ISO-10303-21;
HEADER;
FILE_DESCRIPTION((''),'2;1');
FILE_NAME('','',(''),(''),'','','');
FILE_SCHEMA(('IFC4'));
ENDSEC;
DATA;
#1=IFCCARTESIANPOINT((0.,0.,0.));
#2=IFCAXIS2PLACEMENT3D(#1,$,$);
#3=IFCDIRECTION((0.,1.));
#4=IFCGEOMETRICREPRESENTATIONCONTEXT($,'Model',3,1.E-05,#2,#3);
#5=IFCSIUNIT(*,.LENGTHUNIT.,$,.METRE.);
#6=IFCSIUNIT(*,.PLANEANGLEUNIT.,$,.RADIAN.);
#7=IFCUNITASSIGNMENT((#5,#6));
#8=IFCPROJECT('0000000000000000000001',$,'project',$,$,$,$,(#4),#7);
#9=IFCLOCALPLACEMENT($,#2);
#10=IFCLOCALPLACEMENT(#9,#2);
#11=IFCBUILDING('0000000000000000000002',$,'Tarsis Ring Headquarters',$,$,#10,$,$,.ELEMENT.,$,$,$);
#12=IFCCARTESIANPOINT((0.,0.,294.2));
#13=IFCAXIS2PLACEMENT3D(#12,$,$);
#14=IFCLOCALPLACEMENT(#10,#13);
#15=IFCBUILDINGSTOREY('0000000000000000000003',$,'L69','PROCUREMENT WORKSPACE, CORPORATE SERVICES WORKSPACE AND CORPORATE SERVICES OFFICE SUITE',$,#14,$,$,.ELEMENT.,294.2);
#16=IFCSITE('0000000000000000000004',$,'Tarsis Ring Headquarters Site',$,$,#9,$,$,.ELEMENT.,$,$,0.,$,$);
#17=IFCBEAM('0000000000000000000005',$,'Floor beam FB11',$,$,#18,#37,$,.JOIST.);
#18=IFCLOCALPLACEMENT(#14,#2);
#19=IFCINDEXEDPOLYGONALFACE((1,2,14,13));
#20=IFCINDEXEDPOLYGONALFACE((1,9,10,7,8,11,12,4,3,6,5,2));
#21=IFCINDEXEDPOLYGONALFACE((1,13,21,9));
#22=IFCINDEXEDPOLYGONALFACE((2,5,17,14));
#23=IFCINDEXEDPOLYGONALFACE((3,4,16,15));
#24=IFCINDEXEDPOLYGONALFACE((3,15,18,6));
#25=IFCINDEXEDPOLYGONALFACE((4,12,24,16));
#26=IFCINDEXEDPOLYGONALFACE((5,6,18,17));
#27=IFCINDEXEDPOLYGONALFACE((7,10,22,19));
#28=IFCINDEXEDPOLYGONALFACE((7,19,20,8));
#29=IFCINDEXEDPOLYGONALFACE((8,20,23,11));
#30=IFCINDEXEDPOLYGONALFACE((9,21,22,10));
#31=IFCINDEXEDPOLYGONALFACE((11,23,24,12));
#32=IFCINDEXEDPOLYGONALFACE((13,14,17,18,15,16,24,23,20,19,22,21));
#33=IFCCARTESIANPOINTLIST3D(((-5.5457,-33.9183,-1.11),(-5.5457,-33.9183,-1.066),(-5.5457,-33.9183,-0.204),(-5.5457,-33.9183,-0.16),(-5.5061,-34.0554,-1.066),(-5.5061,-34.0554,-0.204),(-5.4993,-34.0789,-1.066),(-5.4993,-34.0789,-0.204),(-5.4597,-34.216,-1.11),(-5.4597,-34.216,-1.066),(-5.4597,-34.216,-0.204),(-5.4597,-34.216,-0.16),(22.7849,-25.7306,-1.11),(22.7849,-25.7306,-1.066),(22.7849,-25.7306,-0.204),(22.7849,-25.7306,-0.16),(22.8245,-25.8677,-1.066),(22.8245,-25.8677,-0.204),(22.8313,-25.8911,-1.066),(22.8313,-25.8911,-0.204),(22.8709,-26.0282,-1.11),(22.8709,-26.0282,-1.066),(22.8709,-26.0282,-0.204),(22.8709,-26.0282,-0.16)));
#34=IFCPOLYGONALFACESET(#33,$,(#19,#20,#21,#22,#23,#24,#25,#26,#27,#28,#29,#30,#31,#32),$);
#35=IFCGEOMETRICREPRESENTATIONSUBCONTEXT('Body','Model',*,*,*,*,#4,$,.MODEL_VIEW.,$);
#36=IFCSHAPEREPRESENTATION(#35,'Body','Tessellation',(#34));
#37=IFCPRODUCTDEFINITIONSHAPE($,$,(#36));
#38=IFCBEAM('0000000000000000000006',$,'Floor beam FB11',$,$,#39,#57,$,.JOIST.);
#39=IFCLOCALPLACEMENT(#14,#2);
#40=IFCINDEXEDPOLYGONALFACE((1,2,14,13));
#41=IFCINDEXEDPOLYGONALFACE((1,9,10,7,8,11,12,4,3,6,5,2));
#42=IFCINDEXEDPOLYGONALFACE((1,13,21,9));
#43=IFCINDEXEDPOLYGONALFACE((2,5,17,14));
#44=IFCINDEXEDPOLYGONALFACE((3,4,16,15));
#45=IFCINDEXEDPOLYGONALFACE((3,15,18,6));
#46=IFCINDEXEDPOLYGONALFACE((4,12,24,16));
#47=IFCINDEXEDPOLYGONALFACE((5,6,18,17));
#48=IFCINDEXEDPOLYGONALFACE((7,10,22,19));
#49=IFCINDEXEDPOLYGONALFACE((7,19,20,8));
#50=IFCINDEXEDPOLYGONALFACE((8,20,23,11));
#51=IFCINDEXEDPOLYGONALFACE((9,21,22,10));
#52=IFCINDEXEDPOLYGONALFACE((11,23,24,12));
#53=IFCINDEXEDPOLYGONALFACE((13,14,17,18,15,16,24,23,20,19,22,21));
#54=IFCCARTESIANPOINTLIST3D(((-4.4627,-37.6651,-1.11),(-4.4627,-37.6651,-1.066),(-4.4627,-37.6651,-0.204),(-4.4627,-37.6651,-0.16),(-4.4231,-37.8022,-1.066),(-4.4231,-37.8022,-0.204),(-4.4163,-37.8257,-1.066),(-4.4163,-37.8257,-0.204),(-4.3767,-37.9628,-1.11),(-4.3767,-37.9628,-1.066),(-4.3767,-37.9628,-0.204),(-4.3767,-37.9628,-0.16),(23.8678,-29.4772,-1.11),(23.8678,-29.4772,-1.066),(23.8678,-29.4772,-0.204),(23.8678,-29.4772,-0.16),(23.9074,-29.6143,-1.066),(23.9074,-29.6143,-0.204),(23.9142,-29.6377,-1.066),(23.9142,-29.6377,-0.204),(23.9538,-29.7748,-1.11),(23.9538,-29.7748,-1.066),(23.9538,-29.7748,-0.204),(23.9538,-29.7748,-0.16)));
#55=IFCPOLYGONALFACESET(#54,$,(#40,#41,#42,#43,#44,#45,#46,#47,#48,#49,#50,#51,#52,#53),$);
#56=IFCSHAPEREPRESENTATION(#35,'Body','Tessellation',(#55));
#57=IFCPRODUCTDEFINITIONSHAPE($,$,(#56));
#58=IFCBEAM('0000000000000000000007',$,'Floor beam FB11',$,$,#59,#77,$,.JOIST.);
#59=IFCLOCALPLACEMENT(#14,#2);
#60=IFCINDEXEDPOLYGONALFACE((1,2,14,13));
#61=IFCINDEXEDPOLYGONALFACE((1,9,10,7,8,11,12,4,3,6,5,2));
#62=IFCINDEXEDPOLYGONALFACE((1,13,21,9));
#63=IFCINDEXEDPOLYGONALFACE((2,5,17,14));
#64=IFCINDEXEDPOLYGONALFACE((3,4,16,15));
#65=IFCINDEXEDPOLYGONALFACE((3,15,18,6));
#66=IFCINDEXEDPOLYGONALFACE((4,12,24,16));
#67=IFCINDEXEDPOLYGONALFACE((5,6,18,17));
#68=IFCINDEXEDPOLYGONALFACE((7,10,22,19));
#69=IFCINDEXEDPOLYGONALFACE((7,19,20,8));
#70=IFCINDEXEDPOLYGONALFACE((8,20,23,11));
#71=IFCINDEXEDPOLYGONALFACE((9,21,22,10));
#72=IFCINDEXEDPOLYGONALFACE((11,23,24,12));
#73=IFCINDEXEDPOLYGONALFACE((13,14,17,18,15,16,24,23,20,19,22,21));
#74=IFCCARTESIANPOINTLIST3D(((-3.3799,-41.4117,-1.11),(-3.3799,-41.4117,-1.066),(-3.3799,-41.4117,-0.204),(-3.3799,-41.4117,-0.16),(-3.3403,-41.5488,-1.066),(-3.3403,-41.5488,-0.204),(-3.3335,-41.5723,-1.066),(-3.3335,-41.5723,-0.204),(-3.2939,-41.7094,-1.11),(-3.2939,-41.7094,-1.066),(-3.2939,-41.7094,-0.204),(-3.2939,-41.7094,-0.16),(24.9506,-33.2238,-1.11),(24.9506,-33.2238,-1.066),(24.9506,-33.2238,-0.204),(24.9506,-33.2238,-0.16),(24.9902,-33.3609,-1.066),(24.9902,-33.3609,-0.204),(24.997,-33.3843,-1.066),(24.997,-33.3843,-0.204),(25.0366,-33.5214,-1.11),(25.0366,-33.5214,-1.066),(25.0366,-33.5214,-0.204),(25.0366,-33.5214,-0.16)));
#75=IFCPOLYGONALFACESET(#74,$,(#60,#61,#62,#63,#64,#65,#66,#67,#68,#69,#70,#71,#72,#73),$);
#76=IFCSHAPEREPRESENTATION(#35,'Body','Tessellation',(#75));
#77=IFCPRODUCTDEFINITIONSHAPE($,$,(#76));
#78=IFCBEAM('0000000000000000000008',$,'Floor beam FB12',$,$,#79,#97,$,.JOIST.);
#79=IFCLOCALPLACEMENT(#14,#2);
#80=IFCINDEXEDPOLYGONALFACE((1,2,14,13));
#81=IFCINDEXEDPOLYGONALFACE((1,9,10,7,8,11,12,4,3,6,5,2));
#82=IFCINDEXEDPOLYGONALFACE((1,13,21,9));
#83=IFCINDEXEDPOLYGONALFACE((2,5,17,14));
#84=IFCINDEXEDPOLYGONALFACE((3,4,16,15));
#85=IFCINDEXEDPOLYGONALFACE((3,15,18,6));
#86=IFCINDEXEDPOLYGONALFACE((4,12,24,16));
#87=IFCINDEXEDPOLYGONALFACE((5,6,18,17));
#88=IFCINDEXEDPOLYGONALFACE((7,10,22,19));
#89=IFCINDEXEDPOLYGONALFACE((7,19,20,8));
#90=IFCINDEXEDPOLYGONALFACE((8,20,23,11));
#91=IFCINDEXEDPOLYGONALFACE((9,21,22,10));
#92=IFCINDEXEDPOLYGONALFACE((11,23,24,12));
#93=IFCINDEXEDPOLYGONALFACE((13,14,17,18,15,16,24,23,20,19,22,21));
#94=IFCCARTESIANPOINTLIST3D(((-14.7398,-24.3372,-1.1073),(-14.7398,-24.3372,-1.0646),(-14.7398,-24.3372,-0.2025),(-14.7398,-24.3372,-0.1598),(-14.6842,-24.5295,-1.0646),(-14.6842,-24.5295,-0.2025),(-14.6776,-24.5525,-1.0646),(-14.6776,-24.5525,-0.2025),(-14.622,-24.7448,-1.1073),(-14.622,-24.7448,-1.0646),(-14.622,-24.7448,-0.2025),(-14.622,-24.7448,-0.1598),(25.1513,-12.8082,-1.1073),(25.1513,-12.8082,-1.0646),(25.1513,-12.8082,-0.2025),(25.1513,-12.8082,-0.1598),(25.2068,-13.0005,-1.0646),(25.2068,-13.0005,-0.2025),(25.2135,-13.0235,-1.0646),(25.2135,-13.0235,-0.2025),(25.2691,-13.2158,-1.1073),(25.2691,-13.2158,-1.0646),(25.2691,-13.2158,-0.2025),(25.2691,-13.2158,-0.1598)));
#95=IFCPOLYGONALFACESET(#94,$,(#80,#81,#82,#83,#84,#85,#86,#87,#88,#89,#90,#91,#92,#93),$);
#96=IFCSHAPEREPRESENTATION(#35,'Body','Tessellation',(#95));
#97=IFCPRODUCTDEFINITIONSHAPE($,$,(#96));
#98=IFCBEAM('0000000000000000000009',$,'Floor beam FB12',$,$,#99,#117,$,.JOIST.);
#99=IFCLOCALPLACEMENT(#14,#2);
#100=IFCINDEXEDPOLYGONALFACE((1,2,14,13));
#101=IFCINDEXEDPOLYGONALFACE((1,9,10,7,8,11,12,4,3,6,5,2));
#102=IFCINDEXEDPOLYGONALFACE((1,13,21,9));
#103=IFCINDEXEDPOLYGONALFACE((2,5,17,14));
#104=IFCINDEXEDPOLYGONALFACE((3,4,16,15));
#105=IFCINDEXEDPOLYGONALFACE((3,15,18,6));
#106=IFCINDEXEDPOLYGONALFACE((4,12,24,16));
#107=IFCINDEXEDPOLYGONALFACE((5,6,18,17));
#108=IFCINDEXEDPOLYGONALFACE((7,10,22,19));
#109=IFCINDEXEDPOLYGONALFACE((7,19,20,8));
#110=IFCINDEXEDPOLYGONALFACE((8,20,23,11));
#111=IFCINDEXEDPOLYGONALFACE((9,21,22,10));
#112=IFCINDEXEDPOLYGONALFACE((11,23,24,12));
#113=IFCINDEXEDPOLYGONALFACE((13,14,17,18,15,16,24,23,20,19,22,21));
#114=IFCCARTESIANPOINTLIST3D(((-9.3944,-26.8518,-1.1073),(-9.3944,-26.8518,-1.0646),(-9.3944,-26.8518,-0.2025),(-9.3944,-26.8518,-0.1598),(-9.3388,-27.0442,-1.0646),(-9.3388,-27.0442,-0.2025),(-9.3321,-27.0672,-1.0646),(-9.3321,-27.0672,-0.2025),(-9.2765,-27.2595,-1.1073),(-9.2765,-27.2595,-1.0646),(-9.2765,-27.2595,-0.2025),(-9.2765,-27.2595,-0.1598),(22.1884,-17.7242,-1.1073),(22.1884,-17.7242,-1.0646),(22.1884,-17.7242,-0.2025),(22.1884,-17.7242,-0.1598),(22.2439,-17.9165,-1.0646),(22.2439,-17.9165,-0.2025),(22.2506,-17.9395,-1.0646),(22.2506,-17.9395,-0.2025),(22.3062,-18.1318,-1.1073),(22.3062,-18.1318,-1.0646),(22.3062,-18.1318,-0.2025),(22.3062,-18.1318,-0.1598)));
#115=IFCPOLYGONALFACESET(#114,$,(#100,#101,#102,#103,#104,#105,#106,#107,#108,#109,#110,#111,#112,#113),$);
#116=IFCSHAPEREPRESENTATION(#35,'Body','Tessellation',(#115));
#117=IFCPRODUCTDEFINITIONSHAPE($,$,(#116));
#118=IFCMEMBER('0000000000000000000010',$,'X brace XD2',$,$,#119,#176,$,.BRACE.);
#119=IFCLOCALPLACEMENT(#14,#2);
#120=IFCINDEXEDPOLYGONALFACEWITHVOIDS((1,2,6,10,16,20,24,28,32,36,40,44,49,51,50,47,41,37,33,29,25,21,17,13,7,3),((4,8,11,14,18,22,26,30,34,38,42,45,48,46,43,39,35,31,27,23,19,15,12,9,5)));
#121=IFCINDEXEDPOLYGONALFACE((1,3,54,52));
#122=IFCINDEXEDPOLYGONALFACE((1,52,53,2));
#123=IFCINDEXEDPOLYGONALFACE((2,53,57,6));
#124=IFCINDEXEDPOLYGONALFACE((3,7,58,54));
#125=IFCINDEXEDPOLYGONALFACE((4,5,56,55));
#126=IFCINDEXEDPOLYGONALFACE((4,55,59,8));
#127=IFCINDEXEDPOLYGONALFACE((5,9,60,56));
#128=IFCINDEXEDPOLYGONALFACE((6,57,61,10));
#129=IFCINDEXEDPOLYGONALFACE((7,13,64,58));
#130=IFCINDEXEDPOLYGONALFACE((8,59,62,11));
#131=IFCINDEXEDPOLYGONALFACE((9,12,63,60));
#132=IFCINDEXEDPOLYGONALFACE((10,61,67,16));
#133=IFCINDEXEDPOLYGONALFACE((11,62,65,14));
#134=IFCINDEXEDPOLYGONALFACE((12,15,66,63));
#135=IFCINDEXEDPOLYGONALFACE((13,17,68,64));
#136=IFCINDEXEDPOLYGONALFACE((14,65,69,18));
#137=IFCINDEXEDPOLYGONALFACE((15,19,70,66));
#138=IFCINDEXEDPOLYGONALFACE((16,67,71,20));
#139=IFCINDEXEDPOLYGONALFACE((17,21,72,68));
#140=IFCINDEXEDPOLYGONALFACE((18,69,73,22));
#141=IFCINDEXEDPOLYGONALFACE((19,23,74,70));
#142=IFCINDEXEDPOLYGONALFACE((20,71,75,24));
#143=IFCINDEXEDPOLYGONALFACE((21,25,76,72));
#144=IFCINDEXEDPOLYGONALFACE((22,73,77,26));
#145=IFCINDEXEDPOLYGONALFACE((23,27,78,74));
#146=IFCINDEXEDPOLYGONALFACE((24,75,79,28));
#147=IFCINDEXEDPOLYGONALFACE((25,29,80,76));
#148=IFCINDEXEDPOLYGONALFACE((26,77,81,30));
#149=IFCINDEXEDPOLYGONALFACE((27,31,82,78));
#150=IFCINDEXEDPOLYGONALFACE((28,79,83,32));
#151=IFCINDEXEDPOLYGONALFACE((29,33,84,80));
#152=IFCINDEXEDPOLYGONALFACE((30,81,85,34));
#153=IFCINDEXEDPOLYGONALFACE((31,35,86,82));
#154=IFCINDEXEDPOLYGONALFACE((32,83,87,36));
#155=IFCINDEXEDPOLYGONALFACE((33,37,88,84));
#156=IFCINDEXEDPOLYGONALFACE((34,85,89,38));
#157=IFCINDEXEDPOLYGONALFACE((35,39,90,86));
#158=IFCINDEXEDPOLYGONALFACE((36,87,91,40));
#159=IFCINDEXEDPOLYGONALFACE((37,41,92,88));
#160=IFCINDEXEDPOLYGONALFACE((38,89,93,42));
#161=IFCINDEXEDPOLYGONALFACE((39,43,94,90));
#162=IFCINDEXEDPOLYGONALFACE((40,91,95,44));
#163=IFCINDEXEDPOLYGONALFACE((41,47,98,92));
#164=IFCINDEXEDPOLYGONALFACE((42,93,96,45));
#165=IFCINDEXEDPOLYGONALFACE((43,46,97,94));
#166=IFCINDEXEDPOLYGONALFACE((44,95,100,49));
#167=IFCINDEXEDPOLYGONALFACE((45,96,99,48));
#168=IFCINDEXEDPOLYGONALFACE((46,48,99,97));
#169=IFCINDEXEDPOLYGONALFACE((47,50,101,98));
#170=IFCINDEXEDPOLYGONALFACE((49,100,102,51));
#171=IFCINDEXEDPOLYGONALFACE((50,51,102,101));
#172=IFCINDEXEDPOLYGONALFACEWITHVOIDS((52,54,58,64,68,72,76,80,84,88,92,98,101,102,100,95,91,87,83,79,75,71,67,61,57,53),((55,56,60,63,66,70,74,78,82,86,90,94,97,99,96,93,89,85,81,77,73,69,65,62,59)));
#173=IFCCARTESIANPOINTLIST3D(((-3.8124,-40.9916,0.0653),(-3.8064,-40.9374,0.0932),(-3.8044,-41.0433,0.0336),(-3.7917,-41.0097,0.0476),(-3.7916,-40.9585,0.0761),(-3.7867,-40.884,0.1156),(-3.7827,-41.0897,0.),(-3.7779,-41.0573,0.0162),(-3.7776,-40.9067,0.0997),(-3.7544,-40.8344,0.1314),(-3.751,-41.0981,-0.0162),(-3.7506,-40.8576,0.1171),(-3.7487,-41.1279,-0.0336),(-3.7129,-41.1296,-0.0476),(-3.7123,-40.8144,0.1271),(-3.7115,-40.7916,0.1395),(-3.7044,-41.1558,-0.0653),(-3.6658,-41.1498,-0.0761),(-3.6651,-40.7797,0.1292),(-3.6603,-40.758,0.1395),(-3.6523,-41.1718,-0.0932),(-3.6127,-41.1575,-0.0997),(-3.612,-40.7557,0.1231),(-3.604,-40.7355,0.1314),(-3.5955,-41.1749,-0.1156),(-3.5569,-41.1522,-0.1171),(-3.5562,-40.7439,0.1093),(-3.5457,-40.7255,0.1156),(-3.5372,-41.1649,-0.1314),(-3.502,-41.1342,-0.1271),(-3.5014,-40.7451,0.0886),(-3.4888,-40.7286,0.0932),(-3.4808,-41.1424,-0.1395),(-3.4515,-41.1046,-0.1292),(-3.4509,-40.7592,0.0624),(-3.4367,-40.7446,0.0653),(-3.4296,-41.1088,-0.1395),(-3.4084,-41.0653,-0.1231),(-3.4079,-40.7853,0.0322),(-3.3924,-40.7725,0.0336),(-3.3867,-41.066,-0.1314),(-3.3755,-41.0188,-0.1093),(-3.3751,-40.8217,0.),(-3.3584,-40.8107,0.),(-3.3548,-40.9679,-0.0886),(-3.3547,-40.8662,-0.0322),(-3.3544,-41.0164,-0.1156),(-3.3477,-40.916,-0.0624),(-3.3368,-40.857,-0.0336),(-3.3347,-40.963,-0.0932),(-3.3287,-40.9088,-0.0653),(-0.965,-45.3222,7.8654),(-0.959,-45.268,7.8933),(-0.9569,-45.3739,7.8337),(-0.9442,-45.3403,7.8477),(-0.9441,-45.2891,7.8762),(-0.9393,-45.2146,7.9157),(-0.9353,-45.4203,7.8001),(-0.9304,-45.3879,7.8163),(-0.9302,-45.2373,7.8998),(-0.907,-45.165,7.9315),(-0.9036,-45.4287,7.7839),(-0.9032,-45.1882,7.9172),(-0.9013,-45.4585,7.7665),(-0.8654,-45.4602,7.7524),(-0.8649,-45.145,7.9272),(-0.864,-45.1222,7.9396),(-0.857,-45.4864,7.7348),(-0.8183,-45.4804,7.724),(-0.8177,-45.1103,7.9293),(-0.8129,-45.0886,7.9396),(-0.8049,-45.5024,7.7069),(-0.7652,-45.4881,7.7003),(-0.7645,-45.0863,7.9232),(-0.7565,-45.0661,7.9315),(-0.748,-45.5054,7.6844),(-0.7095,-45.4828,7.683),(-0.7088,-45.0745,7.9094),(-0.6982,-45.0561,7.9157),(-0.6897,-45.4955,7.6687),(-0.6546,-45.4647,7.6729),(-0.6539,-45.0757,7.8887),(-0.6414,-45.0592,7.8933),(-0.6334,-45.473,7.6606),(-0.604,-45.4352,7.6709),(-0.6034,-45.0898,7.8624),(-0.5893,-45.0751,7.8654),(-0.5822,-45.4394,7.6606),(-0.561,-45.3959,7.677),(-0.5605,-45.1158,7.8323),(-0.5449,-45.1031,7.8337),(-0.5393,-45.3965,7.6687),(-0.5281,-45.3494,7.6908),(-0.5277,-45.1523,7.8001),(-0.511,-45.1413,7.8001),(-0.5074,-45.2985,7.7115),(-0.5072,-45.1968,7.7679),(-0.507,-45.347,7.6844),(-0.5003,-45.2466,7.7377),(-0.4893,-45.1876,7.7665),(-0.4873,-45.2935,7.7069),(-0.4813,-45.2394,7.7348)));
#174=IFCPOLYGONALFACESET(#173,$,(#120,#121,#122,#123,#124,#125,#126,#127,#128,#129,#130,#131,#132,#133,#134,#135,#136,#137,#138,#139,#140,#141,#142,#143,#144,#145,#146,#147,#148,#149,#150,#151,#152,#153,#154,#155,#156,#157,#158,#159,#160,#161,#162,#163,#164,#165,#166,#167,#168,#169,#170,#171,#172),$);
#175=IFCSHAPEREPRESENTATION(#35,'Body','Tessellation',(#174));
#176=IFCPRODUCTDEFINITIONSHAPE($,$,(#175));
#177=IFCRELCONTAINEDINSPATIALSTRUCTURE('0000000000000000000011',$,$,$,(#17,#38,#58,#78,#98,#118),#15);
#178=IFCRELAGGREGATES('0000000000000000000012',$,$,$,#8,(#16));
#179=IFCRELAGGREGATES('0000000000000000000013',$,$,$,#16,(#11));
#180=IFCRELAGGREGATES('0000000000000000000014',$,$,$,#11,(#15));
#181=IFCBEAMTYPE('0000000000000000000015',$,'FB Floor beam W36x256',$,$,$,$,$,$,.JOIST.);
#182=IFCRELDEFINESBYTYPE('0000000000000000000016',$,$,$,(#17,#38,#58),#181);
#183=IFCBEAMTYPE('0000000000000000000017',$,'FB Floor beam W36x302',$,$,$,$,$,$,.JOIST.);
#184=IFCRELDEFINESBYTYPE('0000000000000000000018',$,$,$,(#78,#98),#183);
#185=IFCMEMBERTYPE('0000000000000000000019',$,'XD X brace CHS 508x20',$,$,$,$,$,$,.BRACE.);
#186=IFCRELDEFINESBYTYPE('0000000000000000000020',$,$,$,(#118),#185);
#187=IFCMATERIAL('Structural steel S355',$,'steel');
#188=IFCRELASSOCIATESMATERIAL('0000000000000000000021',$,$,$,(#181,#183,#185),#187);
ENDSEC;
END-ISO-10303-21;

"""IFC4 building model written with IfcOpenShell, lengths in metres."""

from ifc_helpers import new_model, si_unit, direction, frame, origin, origin_2d, place, context, subcontext, project, spatial, hollow_circle, i_section, extrude, material, material_profile, profile_set, type_object, element, save


model = new_model("IFC4")

# Units and contexts
model_context = context("Model", 3, precision=1e-05, world=origin(), true_north=direction((0.0, 1.0)))
body_context = subcontext(model_context, "Body", "Model", "MODEL_VIEW")
ifc_project = project(units=[si_unit("LENGTHUNIT", "METRE"), si_unit("PLANEANGLEUNIT", "RADIAN")], contexts=[model_context])

# Site, building, storey
site_placement = place(None, origin())
site = spatial("IfcSite", under=ifc_project, at=site_placement, Name="Tarsis Ring Headquarters Site", CompositionType="ELEMENT", RefElevation=0.0)
building_placement = place(site_placement, origin())
building = spatial("IfcBuilding", under=site, at=building_placement, Name="Tarsis Ring Headquarters", CompositionType="ELEMENT")
storey_placement = place(building_placement, frame((0.0, 0.0, 294.2)))
storey = spatial("IfcBuildingStorey", under=building, at=storey_placement, Name="L69", Description="PROCUREMENT WORKSPACE, CORPORATE SERVICES WORKSPACE AND CORPORATE SERVICES OFFICE SUITE", CompositionType="ELEMENT", Elevation=294.2)

# Shared definitions
ifc_material_1 = material(Name="Structural steel S355", Category="steel")

# Beams
ifc_material_profile_1 = material_profile(ifc_material_1, i_section(OverallWidth=0.3098, OverallDepth=0.95, WebThickness=0.0244, FlangeThickness=0.0439, at=origin_2d()), Name="W36x256")
ifc_profile_set_1 = profile_set([ifc_material_profile_1], Name="Structural steel S355")
beam_type_1 = type_object("IfcBeamType", Name="FB Floor beam W36x256", PredefinedType="JOIST", material=ifc_profile_set_1)
for number, where, z_axis, x_axis, name in (
    (1, (-5.5027, -34.0671, -0.635), (0.960684, 0.277645, 0.0), (-0.277645, 0.960684, 0.0), "Floor beam FB11"),
    (2, (-4.4197, -37.814, -0.635), (0.960682, 0.277652, 0.0), (-0.277652, 0.960682, 0.0), "Floor beam FB11"),
    (3, (-3.3369, -41.5605, -0.635), (0.960682, 0.277652, 0.0), (-0.277652, 0.960682, 0.0), "Floor beam FB11"),
):
    element("IfcBeam", number, at=place(storey_placement, frame(where, z_axis=z_axis, x_axis=x_axis)), inside=storey, type_object=beam_type_1, Name=name, PredefinedType="JOIST", context=body_context, shape_type="SweptSolid", body=[
        extrude(i_section(OverallWidth=0.3098, OverallDepth=0.95, WebThickness=0.0244, FlangeThickness=0.0439, at=origin_2d()), origin(), (0.0, 0.0, 1.0), 29.49),
    ])
ifc_material_profile_2 = material_profile(ifc_material_1, i_section(OverallWidth=0.4243, OverallDepth=0.9475, WebThickness=0.0239, FlangeThickness=0.0427, at=origin_2d()), Name="W36x302")
ifc_profile_set_2 = profile_set([ifc_material_profile_2], Name="Structural steel S355")
beam_type_2 = type_object("IfcBeamType", Name="FB Floor beam W36x302", PredefinedType="JOIST", material=ifc_profile_set_2)
beam_1_placement = place(storey_placement, frame((-14.6809, -24.541, -0.6335), z_axis=(0.960682, 0.27765, 0.0), x_axis=(-0.27765, 0.960682, 0.0)))
element("IfcBeam", 4, at=beam_1_placement, inside=storey, type_object=beam_type_2, Name="Floor beam FB12", PredefinedType="JOIST", context=body_context, shape_type="SweptSolid", body=[
    extrude(i_section(OverallWidth=0.4243, OverallDepth=0.9475, WebThickness=0.0239, FlangeThickness=0.0427, at=origin_2d()), origin(), (0.0, 0.0, 1.0), 41.5237),
])
beam_2_placement = place(storey_placement, frame((-9.3354, -27.0557, -0.6335), z_axis=(0.960684, 0.277646, 0.0), x_axis=(-0.277646, 0.960684, 0.0)))
element("IfcBeam", 5, at=beam_2_placement, inside=storey, type_object=beam_type_2, Name="Floor beam FB12", PredefinedType="JOIST", context=body_context, shape_type="SweptSolid", body=[
    extrude(i_section(OverallWidth=0.4243, OverallDepth=0.9475, WebThickness=0.0239, FlangeThickness=0.0427, at=origin_2d()), origin(), (0.0, 0.0, 1.0), 32.8752),
])

# Member
ifc_material_profile_3 = material_profile(ifc_material_1, hollow_circle(Radius=0.2539, WallThickness=0.02, at=origin_2d()), Name="CHS 508x20")
ifc_profile_set_3 = profile_set([ifc_material_profile_3], Name="Structural steel S355")
member_type = type_object("IfcMemberType", Name="XD X brace CHS 508x20", PredefinedType="BRACE", material=ifc_profile_set_3)
member_1_placement = place(storey_placement, frame((-3.5706, -40.9502, 0.0), z_axis=(0.30405, -0.462423, 0.832898), x_axis=(0.835563, 0.549395, 0.0)))
element("IfcMember", 6, at=member_1_placement, inside=storey, type_object=member_type, Name="X brace XD2", PredefinedType="BRACE", context=body_context, shape_type="SweptSolid", body=[
    extrude(hollow_circle(Radius=0.2539, WallThickness=0.02, at=origin_2d()), origin(), (0.0, 0.0, 1.0), 9.365),
])

save(model, "model.ifc")
